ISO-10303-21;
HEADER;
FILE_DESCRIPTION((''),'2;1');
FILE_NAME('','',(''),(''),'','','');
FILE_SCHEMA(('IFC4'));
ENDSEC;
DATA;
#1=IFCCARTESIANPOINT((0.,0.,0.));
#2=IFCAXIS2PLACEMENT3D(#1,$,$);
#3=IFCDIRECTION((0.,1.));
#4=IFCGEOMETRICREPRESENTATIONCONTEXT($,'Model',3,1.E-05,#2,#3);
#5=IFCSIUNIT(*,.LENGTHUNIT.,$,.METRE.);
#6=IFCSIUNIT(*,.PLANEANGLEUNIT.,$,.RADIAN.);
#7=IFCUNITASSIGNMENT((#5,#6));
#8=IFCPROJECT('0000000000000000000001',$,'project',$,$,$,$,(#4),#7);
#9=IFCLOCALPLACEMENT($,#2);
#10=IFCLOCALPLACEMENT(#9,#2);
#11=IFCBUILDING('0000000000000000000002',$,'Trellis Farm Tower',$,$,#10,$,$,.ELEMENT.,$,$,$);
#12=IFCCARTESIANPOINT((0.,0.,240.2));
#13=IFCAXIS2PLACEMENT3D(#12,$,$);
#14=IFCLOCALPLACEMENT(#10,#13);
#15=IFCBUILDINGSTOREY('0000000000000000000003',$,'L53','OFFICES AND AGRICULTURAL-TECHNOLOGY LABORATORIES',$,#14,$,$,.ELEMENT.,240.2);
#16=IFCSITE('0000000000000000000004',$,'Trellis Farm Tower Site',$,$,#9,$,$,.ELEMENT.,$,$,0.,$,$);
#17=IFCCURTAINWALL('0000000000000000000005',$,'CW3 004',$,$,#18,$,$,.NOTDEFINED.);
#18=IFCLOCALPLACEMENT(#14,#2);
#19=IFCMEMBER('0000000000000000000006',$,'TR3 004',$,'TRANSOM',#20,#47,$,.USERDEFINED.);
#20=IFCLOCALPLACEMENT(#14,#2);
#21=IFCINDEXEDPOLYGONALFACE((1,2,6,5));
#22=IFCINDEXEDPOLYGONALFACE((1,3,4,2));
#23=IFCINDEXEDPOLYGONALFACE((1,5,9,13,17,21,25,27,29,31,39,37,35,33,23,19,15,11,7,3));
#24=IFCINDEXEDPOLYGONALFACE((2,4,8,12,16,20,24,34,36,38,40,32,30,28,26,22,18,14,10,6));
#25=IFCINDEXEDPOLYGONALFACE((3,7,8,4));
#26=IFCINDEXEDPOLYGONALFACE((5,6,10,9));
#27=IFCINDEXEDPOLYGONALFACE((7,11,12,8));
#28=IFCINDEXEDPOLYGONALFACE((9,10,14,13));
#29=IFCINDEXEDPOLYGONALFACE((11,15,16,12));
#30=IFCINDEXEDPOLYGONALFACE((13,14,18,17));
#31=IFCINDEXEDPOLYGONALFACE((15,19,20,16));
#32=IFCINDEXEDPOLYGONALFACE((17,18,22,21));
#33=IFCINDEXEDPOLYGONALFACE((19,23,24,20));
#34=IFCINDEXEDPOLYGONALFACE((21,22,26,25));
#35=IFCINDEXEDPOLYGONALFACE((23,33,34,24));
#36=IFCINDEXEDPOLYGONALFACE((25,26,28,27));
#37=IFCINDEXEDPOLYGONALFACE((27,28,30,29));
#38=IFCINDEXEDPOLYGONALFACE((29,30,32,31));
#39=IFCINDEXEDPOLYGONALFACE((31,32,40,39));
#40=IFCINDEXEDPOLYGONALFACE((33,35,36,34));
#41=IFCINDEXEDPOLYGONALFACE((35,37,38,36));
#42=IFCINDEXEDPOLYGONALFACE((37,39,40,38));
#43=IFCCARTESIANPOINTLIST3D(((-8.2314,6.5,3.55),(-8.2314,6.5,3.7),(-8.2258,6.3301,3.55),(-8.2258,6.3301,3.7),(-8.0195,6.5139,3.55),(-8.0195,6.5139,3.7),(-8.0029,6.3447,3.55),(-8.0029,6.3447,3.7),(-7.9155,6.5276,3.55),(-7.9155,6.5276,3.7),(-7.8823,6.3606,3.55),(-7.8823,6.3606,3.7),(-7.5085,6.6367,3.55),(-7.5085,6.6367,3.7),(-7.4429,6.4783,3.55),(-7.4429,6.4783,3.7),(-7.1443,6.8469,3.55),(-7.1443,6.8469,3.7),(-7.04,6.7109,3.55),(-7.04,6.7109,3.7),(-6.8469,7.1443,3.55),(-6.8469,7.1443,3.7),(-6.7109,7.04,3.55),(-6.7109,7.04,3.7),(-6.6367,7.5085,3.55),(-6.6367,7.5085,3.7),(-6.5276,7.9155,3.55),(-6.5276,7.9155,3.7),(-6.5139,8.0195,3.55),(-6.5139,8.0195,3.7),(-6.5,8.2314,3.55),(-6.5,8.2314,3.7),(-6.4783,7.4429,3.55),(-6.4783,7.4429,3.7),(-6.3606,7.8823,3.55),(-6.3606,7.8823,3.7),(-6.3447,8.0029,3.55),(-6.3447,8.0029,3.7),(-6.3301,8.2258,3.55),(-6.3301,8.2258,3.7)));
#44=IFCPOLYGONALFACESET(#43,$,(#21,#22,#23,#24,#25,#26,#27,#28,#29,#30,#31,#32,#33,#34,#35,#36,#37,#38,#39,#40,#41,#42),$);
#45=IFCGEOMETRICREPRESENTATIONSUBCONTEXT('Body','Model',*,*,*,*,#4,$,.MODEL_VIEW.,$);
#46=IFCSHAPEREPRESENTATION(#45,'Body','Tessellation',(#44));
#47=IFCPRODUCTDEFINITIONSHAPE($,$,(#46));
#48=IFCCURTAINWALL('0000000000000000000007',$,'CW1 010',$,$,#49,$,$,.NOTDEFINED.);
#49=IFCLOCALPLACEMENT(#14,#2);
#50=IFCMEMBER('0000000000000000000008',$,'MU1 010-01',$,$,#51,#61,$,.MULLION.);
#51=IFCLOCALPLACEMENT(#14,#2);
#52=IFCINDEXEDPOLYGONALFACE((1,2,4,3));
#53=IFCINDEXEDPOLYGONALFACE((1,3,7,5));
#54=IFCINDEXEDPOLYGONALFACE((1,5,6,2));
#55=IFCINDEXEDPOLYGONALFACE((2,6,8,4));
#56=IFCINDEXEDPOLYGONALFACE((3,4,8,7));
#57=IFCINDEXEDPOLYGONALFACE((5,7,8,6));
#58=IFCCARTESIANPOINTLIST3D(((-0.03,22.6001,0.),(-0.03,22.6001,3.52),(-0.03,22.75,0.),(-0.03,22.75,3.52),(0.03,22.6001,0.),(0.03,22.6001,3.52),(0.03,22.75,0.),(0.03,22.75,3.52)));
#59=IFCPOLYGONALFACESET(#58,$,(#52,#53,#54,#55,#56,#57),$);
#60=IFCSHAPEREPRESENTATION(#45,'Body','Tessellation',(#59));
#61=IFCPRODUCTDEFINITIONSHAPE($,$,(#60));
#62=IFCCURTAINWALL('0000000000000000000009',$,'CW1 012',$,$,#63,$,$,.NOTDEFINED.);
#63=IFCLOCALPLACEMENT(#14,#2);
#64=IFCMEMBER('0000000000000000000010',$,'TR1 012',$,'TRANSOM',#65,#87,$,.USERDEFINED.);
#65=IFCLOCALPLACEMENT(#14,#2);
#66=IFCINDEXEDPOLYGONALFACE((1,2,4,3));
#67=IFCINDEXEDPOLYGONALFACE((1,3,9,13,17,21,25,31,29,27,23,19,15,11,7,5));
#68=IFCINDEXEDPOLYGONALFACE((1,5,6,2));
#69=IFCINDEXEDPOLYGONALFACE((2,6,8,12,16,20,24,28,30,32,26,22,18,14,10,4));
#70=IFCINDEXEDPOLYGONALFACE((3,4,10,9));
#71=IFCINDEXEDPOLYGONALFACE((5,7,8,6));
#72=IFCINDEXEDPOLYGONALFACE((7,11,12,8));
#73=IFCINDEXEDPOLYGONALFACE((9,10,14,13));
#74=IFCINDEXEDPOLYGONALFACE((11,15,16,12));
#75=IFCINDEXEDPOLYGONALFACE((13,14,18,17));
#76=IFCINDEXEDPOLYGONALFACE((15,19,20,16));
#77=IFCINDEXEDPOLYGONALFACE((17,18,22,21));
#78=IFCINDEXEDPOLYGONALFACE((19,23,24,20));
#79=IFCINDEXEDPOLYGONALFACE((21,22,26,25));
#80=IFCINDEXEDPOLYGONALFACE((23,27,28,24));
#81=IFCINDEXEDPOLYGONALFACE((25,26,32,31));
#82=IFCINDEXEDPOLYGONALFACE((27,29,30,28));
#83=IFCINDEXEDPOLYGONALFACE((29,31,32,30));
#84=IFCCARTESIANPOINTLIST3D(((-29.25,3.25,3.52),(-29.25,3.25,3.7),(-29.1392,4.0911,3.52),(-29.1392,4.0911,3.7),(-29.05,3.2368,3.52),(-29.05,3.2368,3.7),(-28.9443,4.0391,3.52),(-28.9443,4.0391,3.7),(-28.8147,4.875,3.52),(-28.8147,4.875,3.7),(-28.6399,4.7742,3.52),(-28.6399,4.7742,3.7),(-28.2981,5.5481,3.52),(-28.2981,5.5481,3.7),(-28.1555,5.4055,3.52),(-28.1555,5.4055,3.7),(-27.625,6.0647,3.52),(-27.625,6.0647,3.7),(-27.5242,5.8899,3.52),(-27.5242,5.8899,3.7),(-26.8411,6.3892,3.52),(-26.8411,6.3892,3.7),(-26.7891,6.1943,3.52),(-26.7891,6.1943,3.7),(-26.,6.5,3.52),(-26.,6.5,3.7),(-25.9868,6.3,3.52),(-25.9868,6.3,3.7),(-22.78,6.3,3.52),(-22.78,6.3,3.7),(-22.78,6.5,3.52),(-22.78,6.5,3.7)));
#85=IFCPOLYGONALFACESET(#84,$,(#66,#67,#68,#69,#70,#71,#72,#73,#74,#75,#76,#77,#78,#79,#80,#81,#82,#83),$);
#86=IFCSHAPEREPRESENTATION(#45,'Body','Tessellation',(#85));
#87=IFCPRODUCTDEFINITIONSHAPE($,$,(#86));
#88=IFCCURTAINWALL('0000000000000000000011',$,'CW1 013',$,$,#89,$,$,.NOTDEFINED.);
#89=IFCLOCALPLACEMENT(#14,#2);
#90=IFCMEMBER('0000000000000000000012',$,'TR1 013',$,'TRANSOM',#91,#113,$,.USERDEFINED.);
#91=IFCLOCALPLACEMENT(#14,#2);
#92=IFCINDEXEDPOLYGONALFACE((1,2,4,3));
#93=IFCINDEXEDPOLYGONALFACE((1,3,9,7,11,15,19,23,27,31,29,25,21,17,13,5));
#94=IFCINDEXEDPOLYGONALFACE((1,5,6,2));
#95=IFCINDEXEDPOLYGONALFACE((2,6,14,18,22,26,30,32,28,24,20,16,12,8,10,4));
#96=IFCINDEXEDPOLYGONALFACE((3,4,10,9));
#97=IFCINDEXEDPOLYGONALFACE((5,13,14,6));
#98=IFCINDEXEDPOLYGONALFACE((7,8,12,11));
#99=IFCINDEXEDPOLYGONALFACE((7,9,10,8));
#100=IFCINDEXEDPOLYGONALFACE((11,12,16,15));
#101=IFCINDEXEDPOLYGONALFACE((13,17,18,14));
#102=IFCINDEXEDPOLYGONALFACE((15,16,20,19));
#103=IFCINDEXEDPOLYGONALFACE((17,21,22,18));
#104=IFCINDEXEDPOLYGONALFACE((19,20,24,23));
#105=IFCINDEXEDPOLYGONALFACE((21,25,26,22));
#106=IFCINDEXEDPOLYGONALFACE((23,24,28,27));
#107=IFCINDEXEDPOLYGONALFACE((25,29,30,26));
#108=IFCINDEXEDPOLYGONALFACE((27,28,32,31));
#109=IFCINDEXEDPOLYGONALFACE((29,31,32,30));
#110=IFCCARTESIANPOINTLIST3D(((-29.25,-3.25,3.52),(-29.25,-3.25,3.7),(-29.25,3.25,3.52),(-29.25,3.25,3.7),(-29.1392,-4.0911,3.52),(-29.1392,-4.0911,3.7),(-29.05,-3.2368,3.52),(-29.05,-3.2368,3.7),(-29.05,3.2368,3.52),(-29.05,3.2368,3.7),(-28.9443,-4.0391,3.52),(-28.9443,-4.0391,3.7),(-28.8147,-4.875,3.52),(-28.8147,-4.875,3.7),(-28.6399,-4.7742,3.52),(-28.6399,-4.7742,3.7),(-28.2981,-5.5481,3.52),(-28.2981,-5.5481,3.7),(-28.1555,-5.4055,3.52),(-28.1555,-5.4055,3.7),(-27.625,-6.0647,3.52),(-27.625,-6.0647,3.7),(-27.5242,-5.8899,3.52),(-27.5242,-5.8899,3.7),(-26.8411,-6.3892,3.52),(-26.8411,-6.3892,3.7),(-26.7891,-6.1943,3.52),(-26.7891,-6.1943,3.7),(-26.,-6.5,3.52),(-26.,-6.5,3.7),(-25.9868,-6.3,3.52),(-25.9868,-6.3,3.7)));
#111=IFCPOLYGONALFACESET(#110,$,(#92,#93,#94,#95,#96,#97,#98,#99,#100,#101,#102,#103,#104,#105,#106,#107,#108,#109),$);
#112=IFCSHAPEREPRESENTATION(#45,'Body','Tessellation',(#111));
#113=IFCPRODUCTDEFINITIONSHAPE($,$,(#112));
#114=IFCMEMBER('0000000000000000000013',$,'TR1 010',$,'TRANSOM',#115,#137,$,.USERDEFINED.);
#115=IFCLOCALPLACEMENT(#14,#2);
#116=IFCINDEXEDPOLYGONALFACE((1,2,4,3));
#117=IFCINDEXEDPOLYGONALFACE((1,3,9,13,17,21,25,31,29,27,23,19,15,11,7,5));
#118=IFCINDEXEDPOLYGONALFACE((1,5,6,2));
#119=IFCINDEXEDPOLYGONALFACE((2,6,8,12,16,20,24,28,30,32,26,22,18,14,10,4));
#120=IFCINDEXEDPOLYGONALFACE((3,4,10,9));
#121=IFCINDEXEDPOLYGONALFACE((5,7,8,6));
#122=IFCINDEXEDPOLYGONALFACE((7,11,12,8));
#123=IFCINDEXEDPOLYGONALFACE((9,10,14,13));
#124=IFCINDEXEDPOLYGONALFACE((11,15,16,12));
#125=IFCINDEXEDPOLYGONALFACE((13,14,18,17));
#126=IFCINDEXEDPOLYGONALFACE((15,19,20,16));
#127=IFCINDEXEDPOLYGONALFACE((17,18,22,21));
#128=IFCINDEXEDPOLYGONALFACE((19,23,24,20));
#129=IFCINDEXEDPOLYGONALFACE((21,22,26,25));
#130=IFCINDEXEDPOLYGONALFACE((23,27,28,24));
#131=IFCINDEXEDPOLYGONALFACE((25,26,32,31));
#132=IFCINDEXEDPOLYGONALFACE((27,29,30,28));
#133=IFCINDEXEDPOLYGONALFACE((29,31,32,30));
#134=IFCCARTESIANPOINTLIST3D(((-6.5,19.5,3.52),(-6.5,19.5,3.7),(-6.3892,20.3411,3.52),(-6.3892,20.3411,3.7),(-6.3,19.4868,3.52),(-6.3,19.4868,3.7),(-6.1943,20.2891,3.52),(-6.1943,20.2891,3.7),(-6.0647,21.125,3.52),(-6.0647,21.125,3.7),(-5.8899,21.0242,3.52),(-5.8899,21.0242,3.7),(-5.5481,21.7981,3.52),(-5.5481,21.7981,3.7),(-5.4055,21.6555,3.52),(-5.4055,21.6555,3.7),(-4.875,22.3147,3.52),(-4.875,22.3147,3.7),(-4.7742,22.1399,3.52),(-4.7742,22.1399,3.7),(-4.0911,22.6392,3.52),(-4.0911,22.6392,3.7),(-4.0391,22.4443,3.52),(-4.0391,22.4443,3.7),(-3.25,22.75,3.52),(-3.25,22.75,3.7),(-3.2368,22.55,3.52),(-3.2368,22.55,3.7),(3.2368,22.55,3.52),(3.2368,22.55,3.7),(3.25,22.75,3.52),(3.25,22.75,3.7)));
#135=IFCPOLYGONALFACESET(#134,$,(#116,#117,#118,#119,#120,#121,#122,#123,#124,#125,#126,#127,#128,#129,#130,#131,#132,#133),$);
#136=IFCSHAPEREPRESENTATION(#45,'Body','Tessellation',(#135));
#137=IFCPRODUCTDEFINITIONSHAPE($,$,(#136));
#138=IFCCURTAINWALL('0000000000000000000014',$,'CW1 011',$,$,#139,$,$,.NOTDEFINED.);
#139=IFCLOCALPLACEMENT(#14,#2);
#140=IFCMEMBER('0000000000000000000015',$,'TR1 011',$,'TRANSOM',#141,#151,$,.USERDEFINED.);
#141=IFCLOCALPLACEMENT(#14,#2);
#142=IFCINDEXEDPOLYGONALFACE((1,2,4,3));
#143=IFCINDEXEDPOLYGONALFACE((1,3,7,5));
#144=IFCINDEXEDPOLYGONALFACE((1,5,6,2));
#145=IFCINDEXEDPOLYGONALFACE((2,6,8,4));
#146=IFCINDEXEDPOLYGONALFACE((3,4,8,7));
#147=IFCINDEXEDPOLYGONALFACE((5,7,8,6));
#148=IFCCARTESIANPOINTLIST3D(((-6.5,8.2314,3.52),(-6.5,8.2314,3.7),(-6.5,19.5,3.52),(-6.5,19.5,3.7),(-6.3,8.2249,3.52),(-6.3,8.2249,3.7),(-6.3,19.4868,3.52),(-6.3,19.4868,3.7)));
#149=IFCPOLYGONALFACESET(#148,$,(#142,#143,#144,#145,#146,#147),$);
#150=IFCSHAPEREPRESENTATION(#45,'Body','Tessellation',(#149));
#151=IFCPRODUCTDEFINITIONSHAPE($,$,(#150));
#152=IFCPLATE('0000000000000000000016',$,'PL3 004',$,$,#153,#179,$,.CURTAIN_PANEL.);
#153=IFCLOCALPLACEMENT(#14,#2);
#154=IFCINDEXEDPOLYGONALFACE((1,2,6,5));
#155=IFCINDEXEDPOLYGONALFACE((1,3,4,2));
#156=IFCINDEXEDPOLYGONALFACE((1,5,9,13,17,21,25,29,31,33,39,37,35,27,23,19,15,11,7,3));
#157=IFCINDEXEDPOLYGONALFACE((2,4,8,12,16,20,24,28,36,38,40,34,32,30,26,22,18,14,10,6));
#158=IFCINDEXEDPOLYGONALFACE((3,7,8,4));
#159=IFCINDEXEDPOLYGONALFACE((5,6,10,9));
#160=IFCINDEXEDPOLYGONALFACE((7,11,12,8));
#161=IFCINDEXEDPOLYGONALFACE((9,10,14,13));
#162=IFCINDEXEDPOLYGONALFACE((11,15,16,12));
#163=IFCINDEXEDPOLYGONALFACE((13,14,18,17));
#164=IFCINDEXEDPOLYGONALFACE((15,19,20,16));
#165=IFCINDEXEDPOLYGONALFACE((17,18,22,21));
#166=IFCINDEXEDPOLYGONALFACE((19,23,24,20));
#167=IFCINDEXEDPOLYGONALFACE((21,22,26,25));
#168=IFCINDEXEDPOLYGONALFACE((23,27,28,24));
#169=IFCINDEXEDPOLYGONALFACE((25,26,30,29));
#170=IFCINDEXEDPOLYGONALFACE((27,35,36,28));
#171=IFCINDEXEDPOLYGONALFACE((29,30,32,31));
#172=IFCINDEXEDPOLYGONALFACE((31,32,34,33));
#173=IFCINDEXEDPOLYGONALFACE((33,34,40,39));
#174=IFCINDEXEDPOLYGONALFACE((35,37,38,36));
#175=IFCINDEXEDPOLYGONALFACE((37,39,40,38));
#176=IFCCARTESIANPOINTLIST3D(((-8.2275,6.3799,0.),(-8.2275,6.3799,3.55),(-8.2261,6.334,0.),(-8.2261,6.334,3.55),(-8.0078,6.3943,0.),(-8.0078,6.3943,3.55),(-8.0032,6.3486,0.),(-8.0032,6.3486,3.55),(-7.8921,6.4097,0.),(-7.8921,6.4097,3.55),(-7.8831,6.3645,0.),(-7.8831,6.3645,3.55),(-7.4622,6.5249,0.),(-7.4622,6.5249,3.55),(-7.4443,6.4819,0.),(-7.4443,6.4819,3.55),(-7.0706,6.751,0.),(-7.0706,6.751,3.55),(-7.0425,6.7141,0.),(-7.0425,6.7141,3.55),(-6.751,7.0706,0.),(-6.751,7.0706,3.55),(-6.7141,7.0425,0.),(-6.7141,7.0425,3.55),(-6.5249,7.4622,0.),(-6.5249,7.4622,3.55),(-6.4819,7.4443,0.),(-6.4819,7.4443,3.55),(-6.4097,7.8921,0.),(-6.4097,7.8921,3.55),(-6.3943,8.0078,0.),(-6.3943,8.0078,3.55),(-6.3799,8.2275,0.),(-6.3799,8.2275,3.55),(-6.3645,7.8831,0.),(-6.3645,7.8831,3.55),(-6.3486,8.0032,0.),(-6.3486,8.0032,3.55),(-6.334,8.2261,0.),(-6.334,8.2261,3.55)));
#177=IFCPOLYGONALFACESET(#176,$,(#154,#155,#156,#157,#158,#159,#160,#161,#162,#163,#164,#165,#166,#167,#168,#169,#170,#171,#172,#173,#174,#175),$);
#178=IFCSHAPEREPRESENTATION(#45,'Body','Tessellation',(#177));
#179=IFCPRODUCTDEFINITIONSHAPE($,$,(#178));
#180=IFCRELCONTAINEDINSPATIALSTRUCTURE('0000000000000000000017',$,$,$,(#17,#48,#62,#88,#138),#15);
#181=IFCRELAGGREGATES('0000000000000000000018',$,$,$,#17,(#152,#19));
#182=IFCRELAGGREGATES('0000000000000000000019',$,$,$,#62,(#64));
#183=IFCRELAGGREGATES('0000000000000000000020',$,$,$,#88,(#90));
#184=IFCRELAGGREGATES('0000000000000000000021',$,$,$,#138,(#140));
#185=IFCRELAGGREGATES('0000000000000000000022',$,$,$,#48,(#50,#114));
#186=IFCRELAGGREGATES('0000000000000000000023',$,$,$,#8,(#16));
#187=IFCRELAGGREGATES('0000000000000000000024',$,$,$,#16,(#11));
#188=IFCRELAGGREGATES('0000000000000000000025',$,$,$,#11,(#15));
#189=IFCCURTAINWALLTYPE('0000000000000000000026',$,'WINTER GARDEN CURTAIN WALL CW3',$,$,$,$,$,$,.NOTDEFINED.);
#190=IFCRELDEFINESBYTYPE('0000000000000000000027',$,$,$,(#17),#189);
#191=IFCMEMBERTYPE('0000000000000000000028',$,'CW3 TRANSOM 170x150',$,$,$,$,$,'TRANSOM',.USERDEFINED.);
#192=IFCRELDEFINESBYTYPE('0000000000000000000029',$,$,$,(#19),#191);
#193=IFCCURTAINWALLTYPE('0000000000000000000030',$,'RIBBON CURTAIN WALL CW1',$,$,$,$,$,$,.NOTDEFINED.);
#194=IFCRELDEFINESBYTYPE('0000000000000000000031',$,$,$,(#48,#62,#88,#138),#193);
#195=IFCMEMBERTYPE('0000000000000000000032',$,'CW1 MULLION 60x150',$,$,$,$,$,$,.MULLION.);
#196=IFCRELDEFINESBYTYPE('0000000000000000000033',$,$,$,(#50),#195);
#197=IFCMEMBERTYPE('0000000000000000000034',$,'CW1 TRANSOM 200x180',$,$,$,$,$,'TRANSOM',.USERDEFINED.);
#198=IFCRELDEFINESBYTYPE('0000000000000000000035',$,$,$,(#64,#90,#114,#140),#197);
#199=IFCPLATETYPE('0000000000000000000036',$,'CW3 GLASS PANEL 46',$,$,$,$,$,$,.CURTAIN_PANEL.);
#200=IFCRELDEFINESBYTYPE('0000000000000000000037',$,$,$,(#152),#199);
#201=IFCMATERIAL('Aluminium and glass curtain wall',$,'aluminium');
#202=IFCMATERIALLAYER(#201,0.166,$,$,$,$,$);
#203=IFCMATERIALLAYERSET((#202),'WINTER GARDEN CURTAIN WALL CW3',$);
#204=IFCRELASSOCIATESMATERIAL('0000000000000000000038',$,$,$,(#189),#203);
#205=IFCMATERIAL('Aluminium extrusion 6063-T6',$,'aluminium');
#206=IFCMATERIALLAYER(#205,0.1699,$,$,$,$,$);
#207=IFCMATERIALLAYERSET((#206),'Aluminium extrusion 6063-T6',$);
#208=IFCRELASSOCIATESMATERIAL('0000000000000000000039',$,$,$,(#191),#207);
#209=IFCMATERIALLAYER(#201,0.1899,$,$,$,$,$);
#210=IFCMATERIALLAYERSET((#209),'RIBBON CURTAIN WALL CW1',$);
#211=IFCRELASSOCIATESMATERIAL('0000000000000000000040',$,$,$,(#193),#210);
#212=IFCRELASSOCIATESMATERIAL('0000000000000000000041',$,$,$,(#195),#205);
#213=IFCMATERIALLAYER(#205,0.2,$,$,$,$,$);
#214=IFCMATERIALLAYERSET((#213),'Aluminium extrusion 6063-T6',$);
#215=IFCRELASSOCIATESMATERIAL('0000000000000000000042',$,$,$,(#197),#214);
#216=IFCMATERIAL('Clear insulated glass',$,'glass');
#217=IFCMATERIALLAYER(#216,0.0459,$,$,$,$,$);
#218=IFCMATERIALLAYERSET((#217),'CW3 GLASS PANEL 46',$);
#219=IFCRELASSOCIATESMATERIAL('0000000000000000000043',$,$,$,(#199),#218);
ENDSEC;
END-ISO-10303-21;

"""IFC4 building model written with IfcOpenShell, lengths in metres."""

from ifc_helpers import new_model, si_unit, direction, frame, origin, origin_2d, place, context, subcontext, project, spatial, polyline, rectangle, outline, extrude, source, transform, mapped, material, layer, layer_set, material_profile, profile_set, type_object, element, aggregate, save


model = new_model("IFC4")

# Units and contexts
model_context = context("Model", 3, precision=1e-05, world=origin(), true_north=direction((0.0, 1.0)))
body_context = subcontext(model_context, "Body", "Model", "MODEL_VIEW")
ifc_project = project(units=[si_unit("LENGTHUNIT", "METRE"), si_unit("PLANEANGLEUNIT", "RADIAN")], contexts=[model_context])

# Site, building, storey
site_placement = place(None, origin())
site = spatial("IfcSite", under=ifc_project, at=site_placement, Name="Trellis Farm Tower Site", CompositionType="ELEMENT", RefElevation=0.0)
building_placement = place(site_placement, origin())
building = spatial("IfcBuilding", under=site, at=building_placement, Name="Trellis Farm Tower", CompositionType="ELEMENT")
storey_placement = place(building_placement, frame((0.0, 0.0, 240.2)))
storey = spatial("IfcBuildingStorey", under=building, at=storey_placement, Name="L53", Description="OFFICES AND AGRICULTURAL-TECHNOLOGY LABORATORIES", CompositionType="ELEMENT", Elevation=240.2)

# Curtain walls, members
ifc_material_1 = material(Name="Aluminium and glass curtain wall", Category="aluminium")
ifc_layer_1 = layer(ifc_material_1, 0.166)
ifc_layer_set_1 = layer_set([ifc_layer_1], Name="WINTER GARDEN CURTAIN WALL CW3")
curtain_wall_type_1 = type_object("IfcCurtainWallType", Name="WINTER GARDEN CURTAIN WALL CW3", PredefinedType="NOTDEFINED", material=ifc_layer_set_1)
placement_1 = place(storey_placement, origin())
curtain_wall_1 = element("IfcCurtainWall", 1, at=placement_1, inside=storey, type_object=curtain_wall_type_1, Name="CW3 004", PredefinedType="NOTDEFINED")
ifc_material_2 = material(Name="Aluminium extrusion 6063-T6", Category="aluminium")
ifc_layer_2 = layer(ifc_material_2, 0.1699)
ifc_layer_set_2 = layer_set([ifc_layer_2], Name="Aluminium extrusion 6063-T6")
member_type_1 = type_object("IfcMemberType", Name="CW3 TRANSOM 170x150", ElementType="TRANSOM", PredefinedType="USERDEFINED", material=ifc_layer_set_2)
shared_shape_1 = source(origin(), body_context, "Body", "SweptSolid", [
    extrude(outline(polyline([(-6.5, 8.2314), (-6.5139, 8.0195), (-6.5276, 7.9155), (-6.6367, 7.5085), (-6.8469, 7.1443), (-7.1443, 6.8469), (-7.5085, 6.6367), (-7.9155, 6.5276), (-8.0195, 6.5139), (-8.2314, 6.5), (-8.2258, 6.3301), (-8.0029, 6.3447), (-7.8823, 6.3606), (-7.4429, 6.4783), (-7.04, 6.7109), (-6.7109, 7.04), (-6.4783, 7.4429), (-6.3606, 7.8823), (-6.3447, 8.0029), (-6.3301, 8.2258), (-6.5, 8.2314)])), origin(), (0.0, 0.0, 1.0), 0.1499),
])
member_1_placement = place(storey_placement, frame((0.0, 0.0, 3.55)))
member_1 = element("IfcMember", 2, at=member_1_placement, type_object=member_type_1, Name="TR3 004", ObjectType="TRANSOM", PredefinedType="USERDEFINED", context=body_context, shape_type="MappedRepresentation", body=[
    mapped(shared_shape_1, transform((0.0, 0.0, 0.0))),
])
ifc_layer_3 = layer(ifc_material_1, 0.1899)
ifc_layer_set_3 = layer_set([ifc_layer_3], Name="RIBBON CURTAIN WALL CW1")
curtain_wall_type_2 = type_object("IfcCurtainWallType", Name="RIBBON CURTAIN WALL CW1", PredefinedType="NOTDEFINED", material=ifc_layer_set_3)
curtain_wall_2 = element("IfcCurtainWall", 3, at=placement_1, inside=storey, type_object=curtain_wall_type_2, Name="CW1 010", PredefinedType="NOTDEFINED")
ifc_material_profile = material_profile(ifc_material_2, rectangle(XDim=0.0601, YDim=0.1499, at=origin_2d()), Name="MULLION 60x150")
ifc_profile_set = profile_set([ifc_material_profile], Name="Aluminium extrusion 6063-T6")
member_type_2 = type_object("IfcMemberType", Name="CW1 MULLION 60x150", PredefinedType="MULLION", material=ifc_profile_set)
shared_shape_2 = source(origin(), body_context, "Body", "SweptSolid", [
    extrude(rectangle(XDim=0.0601, YDim=0.1499, at=origin_2d()), origin(), (0.0, 0.0, 1.0), 3.52),
])
member_2_placement = place(storey_placement, frame((0.0, 22.675, 0.0), z_axis=(0.0, 0.0, 1.0), x_axis=(-1.0, 0.0, 0.0)))
member_2 = element("IfcMember", 4, at=member_2_placement, type_object=member_type_2, Name="MU1 010-01", PredefinedType="MULLION", context=body_context, shape_type="MappedRepresentation", body=[
    mapped(shared_shape_2, transform((0.0, 0.0, 0.0))),
])
curtain_wall_3 = element("IfcCurtainWall", 5, at=placement_1, inside=storey, type_object=curtain_wall_type_2, Name="CW1 012", PredefinedType="NOTDEFINED")
ifc_layer_4 = layer(ifc_material_2, 0.2)
ifc_layer_set_4 = layer_set([ifc_layer_4], Name="Aluminium extrusion 6063-T6")
member_type_3 = type_object("IfcMemberType", Name="CW1 TRANSOM 200x180", ElementType="TRANSOM", PredefinedType="USERDEFINED", material=ifc_layer_set_4)
shared_shape_3 = source(origin(), body_context, "Body", "SweptSolid", [
    extrude(outline(polyline([(-22.78, 6.5), (-26.0, 6.5), (-26.8411, 6.3892), (-27.625, 6.0647), (-28.2981, 5.5481), (-28.8147, 4.875), (-29.1392, 4.0911), (-29.25, 3.25), (-29.05, 3.2368), (-28.9443, 4.0391), (-28.6399, 4.7742), (-28.1555, 5.4055), (-27.5242, 5.8899), (-26.7891, 6.1943), (-25.9868, 6.3), (-22.78, 6.3), (-22.78, 6.5)])), origin(), (0.0, 0.0, 1.0), 0.1799),
])
placement_2 = place(storey_placement, frame((0.0, 0.0, 3.52)))
member_3 = element("IfcMember", 6, at=placement_2, type_object=member_type_3, Name="TR1 012", ObjectType="TRANSOM", PredefinedType="USERDEFINED", context=body_context, shape_type="MappedRepresentation", body=[
    mapped(shared_shape_3, transform((0.0, 0.0, 0.0))),
])
curtain_wall_4 = element("IfcCurtainWall", 7, at=placement_1, inside=storey, type_object=curtain_wall_type_2, Name="CW1 013", PredefinedType="NOTDEFINED")
shared_shape_4 = source(origin(), body_context, "Body", "SweptSolid", [
    extrude(outline(polyline([(-29.25, 3.25), (-29.25, -3.25), (-29.1392, -4.0911), (-28.8147, -4.875), (-28.2981, -5.5481), (-27.625, -6.0647), (-26.8411, -6.3892), (-26.0, -6.5), (-25.9868, -6.3), (-26.7891, -6.1943), (-27.5242, -5.8899), (-28.1555, -5.4055), (-28.6399, -4.7742), (-28.9443, -4.0391), (-29.05, -3.2368), (-29.05, 3.2368), (-29.25, 3.25)])), origin(), (0.0, 0.0, 1.0), 0.1799),
])
member_4 = element("IfcMember", 8, at=placement_2, type_object=member_type_3, Name="TR1 013", ObjectType="TRANSOM", PredefinedType="USERDEFINED", context=body_context, shape_type="MappedRepresentation", body=[
    mapped(shared_shape_4, transform((0.0, 0.0, 0.0))),
])

# Member
shared_shape_5 = source(origin(), body_context, "Body", "SweptSolid", [
    extrude(outline(polyline([(3.25, 22.75), (-3.25, 22.75), (-4.0911, 22.6392), (-4.875, 22.3147), (-5.5481, 21.7981), (-6.0647, 21.125), (-6.3892, 20.3411), (-6.5, 19.5), (-6.3, 19.4868), (-6.1943, 20.2891), (-5.8899, 21.0242), (-5.4055, 21.6555), (-4.7742, 22.1399), (-4.0391, 22.4443), (-3.2368, 22.55), (3.2368, 22.55), (3.25, 22.75)])), origin(), (0.0, 0.0, 1.0), 0.1799),
])
member_5 = element("IfcMember", 9, at=placement_2, type_object=member_type_3, Name="TR1 010", ObjectType="TRANSOM", PredefinedType="USERDEFINED", context=body_context, shape_type="MappedRepresentation", body=[
    mapped(shared_shape_5, transform((0.0, 0.0, 0.0))),
])

# Curtain wall, member
curtain_wall_5 = element("IfcCurtainWall", 10, at=placement_1, inside=storey, type_object=curtain_wall_type_2, Name="CW1 011", PredefinedType="NOTDEFINED")
shared_shape_6 = source(origin(), body_context, "Body", "SweptSolid", [
    extrude(outline(polyline([(-6.5, 19.5), (-6.5, 8.2314), (-6.3, 8.2249), (-6.3, 19.4868), (-6.5, 19.5)])), origin(), (0.0, 0.0, 1.0), 0.1799),
])
member_6 = element("IfcMember", 11, at=placement_2, type_object=member_type_3, Name="TR1 011", ObjectType="TRANSOM", PredefinedType="USERDEFINED", context=body_context, shape_type="MappedRepresentation", body=[
    mapped(shared_shape_6, transform((0.0, 0.0, 0.0))),
])

# Plate
ifc_material_3 = material(Name="Clear insulated glass", Category="glass")
ifc_layer_5 = layer(ifc_material_3, 0.0459)
ifc_layer_set_5 = layer_set([ifc_layer_5], Name="CW3 GLASS PANEL 46")
plate_type_1 = type_object("IfcPlateType", Name="CW3 GLASS PANEL 46", PredefinedType="CURTAIN_PANEL", material=ifc_layer_set_5)
shared_shape_7 = source(origin(), body_context, "Body", "SweptSolid", [
    extrude(outline(polyline([(-6.3799, 8.2275), (-6.3943, 8.0078), (-6.4097, 7.8921), (-6.5249, 7.4622), (-6.751, 7.0706), (-7.0706, 6.751), (-7.4622, 6.5249), (-7.8921, 6.4097), (-8.0078, 6.3943), (-8.2275, 6.3799), (-8.2261, 6.334), (-8.0032, 6.3486), (-7.8831, 6.3645), (-7.4443, 6.4819), (-7.0425, 6.7141), (-6.7141, 7.0425), (-6.4819, 7.4443), (-6.3645, 7.8831), (-6.3486, 8.0032), (-6.334, 8.2261), (-6.3799, 8.2275)])), origin(), (0.0, 0.0, 1.0), 3.55),
])
plate_1 = element("IfcPlate", 12, at=placement_1, type_object=plate_type_1, Name="PL3 004", PredefinedType="CURTAIN_PANEL", context=body_context, shape_type="MappedRepresentation", body=[
    mapped(shared_shape_7, transform((0.0, 0.0, 0.0))),
])
aggregate(curtain_wall_1, [plate_1, member_1])
aggregate(curtain_wall_3, [member_3])
aggregate(curtain_wall_4, [member_4])
aggregate(curtain_wall_5, [member_6])
aggregate(curtain_wall_2, [member_2, member_5])

save(model, "model.ifc")
